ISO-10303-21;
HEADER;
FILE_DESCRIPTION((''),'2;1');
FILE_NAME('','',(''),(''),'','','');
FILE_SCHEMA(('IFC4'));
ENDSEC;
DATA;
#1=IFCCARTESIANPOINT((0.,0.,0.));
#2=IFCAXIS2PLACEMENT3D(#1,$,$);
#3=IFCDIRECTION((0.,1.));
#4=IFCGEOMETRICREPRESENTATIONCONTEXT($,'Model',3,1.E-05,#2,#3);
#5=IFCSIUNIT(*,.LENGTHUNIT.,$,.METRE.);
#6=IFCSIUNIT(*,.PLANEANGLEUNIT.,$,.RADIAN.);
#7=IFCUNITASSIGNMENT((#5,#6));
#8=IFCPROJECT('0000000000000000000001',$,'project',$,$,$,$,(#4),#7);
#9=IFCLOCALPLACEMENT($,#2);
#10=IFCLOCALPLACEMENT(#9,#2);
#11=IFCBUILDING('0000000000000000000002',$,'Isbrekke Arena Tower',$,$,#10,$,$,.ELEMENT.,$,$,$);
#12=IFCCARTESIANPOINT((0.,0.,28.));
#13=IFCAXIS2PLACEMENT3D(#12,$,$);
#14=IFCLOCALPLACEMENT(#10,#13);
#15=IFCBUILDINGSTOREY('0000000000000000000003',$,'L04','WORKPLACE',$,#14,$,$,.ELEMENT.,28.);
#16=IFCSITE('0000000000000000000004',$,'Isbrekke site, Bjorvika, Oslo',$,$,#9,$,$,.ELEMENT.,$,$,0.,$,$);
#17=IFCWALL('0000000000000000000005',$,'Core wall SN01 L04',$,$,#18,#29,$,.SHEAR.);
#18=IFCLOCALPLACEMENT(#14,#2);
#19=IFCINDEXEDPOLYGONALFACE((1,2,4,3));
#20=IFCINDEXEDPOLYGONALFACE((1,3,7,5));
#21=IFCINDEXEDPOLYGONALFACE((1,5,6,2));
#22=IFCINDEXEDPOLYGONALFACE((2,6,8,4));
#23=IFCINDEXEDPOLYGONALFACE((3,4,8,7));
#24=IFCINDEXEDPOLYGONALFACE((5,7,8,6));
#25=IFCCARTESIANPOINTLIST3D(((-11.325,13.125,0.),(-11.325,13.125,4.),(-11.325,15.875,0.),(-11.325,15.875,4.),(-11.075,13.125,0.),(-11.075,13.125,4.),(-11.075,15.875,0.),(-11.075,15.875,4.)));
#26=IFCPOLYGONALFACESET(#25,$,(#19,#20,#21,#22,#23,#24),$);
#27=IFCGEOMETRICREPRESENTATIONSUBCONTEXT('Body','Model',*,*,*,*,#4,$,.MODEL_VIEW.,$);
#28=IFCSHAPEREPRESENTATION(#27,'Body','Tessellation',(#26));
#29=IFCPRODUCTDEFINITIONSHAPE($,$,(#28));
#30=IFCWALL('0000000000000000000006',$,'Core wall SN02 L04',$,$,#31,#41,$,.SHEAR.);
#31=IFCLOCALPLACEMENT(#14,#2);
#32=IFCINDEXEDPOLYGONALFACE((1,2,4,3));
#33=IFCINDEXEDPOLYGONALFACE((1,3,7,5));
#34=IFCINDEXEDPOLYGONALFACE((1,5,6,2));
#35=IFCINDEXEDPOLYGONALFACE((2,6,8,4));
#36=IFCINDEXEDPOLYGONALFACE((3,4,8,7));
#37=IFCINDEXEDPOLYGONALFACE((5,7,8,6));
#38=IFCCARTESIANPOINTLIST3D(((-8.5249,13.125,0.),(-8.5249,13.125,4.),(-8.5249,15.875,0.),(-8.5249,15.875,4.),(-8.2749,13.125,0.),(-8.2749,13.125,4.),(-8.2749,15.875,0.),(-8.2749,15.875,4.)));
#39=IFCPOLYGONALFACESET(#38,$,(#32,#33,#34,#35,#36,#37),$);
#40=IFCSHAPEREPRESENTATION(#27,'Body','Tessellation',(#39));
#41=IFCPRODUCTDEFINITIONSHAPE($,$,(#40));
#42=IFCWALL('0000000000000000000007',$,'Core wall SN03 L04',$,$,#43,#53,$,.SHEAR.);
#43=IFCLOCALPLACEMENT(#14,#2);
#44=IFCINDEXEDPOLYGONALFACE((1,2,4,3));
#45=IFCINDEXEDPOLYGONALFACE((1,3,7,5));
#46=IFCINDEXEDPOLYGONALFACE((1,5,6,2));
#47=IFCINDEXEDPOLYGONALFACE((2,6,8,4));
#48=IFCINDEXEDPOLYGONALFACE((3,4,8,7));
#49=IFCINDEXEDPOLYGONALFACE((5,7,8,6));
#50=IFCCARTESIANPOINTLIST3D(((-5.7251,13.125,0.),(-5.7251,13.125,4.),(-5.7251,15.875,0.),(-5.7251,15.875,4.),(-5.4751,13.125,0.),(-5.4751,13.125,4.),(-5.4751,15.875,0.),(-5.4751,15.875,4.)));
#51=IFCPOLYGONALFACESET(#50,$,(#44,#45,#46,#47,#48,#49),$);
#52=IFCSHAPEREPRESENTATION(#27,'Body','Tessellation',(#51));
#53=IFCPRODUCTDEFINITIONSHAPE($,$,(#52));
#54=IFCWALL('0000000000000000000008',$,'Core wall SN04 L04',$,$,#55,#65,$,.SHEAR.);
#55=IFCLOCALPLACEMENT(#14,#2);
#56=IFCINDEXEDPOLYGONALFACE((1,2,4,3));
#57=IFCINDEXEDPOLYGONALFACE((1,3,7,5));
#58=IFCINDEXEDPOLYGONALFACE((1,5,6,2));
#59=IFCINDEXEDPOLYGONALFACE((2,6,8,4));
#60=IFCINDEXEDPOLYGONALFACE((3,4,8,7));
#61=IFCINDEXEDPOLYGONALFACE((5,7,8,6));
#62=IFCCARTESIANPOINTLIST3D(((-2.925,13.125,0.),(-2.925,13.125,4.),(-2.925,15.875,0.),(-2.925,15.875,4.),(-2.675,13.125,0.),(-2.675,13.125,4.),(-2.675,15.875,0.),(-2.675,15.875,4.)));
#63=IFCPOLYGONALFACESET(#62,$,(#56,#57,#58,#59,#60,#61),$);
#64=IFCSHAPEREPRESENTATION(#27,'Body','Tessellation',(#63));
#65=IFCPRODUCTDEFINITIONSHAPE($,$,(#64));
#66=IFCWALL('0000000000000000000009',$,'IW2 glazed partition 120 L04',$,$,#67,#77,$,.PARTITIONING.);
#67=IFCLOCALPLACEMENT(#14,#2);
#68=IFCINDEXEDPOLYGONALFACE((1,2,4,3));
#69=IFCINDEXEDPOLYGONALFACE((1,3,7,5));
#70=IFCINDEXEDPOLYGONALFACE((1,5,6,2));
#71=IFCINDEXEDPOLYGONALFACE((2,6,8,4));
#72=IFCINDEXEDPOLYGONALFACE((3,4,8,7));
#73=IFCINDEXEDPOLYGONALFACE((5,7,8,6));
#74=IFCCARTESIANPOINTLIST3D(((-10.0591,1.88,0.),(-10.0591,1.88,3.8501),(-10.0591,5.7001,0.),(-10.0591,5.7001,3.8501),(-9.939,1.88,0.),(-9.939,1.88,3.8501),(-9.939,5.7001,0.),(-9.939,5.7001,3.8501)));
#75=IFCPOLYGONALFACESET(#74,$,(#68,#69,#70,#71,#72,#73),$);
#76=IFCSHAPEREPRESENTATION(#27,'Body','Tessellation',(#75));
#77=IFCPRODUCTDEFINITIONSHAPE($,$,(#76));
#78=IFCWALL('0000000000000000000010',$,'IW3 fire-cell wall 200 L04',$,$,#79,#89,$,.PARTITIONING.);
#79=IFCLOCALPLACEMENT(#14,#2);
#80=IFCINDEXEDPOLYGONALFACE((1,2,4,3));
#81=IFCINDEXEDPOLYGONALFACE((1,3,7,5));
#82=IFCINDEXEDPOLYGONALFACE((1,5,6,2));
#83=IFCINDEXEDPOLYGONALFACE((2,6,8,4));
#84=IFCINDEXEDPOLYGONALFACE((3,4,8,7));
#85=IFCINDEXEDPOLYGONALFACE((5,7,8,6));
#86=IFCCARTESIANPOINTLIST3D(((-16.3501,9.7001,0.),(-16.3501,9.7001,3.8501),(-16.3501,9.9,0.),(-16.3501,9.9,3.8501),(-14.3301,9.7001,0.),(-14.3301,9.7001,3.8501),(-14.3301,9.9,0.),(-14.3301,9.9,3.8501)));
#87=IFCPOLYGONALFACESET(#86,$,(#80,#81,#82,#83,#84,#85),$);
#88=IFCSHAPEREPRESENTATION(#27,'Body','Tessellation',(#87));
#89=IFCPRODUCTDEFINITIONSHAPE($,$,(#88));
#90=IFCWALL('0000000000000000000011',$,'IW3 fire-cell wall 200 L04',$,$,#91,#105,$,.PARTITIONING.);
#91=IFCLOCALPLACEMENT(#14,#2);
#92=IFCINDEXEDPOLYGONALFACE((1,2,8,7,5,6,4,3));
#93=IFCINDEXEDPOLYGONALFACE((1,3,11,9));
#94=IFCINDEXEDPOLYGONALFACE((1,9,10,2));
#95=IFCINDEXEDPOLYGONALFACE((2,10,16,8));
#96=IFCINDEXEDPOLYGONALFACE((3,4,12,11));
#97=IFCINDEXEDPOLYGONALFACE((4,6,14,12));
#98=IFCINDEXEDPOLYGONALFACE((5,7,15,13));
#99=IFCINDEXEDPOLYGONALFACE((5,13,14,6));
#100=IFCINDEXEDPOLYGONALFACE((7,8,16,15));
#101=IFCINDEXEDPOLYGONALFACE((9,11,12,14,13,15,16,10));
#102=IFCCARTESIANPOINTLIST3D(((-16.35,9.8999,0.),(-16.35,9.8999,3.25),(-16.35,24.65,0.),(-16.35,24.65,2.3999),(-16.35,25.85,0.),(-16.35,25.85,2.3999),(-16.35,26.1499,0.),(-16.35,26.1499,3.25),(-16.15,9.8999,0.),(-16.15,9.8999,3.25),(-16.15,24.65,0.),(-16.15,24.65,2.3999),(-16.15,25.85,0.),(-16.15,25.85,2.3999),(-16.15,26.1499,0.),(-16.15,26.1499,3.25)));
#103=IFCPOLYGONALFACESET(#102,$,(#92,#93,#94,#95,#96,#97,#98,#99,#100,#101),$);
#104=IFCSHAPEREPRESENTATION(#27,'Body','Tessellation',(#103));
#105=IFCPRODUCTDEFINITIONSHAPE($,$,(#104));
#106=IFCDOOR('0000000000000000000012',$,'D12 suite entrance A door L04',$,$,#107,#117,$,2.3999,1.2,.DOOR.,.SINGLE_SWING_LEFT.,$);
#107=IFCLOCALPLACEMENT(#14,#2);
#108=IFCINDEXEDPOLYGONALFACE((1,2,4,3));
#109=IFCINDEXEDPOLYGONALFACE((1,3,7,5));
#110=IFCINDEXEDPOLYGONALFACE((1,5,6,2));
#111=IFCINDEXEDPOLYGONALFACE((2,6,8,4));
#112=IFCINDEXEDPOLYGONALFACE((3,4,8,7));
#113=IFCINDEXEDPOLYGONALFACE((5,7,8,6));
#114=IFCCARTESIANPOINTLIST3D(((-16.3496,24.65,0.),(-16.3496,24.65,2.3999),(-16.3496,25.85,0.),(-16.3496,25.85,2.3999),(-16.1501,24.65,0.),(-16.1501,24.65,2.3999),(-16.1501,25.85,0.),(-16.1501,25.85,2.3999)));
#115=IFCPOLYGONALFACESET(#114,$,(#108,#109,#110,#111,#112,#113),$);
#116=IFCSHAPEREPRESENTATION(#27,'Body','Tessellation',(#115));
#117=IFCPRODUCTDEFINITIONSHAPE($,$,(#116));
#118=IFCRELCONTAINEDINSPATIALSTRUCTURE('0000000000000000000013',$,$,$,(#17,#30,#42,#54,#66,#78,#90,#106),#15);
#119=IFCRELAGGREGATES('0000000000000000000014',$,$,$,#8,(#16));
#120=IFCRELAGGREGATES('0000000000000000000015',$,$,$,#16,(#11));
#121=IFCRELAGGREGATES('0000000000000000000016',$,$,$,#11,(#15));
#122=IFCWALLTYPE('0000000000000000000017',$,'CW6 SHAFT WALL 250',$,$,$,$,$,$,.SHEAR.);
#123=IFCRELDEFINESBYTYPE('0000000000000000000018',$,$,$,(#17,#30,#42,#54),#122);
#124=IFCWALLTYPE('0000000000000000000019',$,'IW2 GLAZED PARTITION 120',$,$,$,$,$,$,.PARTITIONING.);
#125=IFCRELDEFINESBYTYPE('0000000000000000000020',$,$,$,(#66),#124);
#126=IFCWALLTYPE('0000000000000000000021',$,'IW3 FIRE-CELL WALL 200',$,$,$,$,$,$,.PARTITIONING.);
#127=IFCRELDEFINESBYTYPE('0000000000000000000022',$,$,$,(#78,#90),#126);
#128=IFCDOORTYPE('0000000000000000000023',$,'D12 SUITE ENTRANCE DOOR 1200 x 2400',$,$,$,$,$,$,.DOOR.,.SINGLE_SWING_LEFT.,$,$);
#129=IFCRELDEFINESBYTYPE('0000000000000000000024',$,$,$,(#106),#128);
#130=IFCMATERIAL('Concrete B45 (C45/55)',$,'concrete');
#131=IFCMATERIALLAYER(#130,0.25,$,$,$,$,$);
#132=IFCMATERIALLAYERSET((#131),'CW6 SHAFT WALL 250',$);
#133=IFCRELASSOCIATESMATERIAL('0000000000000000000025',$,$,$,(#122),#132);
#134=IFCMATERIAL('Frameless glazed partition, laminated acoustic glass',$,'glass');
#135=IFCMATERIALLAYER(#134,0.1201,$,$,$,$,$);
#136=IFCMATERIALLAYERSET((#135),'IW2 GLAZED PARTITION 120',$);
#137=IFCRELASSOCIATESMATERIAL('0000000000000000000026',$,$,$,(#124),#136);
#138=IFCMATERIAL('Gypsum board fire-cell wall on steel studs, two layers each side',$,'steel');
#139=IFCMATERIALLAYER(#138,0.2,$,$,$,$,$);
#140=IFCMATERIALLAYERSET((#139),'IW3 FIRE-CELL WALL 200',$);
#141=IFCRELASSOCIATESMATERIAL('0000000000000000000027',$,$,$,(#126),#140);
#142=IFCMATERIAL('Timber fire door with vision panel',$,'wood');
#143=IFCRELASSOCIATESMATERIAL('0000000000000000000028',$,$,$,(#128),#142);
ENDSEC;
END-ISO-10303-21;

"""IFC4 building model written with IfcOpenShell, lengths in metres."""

from ifc_helpers import new_model, si_unit, direction, frame, frame_2d, origin, place, context, subcontext, project, spatial, rectangle, extrude, material, layer, layer_set, type_object, element, fill, save


model = new_model("IFC4")

# Units and contexts
model_context = context("Model", 3, precision=1e-05, world=origin(), true_north=direction((0.0, 1.0)))
body_context = subcontext(model_context, "Body", "Model", "MODEL_VIEW")
ifc_project = project(units=[si_unit("LENGTHUNIT", "METRE"), si_unit("PLANEANGLEUNIT", "RADIAN")], contexts=[model_context])

# Site, building, storey
site_placement = place(None, origin())
site = spatial("IfcSite", under=ifc_project, at=site_placement, Name="Isbrekke site, Bjorvika, Oslo", CompositionType="ELEMENT", RefElevation=0.0)
building_placement = place(site_placement, origin())
building = spatial("IfcBuilding", under=site, at=building_placement, Name="Isbrekke Arena Tower", CompositionType="ELEMENT")
storey_placement = place(building_placement, frame((0.0, 0.0, 28.0)))
storey = spatial("IfcBuildingStorey", under=building, at=storey_placement, Name="L04", Description="WORKPLACE", CompositionType="ELEMENT", Elevation=28.0)

# Shared definitions
ifc_material_1 = material(Name="Concrete B45 (C45/55)", Category="concrete")
ifc_layer_1 = layer(ifc_material_1, 0.25)
ifc_layer_set_1 = layer_set([ifc_layer_1], Name="CW6 SHAFT WALL 250")
wall_type_1 = type_object("IfcWallType", Name="CW6 SHAFT WALL 250", PredefinedType="SHEAR", material=ifc_layer_set_1)

# Walls
for number, where, z_axis, x_axis, name in (
    (1, (-11.2, 13.125, 0.0), (0.0, 0.0, 1.0), (0.0, 1.0, 0.0), "Core wall SN01 L04"),
    (2, (-8.3999, 13.125, 0.0), (0.0, 0.0, 1.0), (0.0, 1.0, 0.0), "Core wall SN02 L04"),
    (3, (-5.6001, 13.125, 0.0), (0.0, 0.0, 1.0), (0.0, 1.0, 0.0), "Core wall SN03 L04"),
    (4, (-2.8, 13.125, 0.0), (0.0, 0.0, 1.0), (0.0, 1.0, 0.0), "Core wall SN04 L04"),
):
    element("IfcWall", number, at=place(storey_placement, frame(where, z_axis=z_axis, x_axis=x_axis)), inside=storey, type_object=wall_type_1, Name=name, PredefinedType="SHEAR", context=body_context, shape_type="SweptSolid", body=[
        extrude(rectangle(XDim=2.75, YDim=0.25, at=frame_2d((1.375, 0.0))), origin(), (0.0, 0.0, 1.0), 4.0),
    ])
ifc_material_2 = material(Name="Frameless glazed partition, laminated acoustic glass", Category="glass")
ifc_layer_2 = layer(ifc_material_2, 0.1201)
ifc_layer_set_2 = layer_set([ifc_layer_2], Name="IW2 GLAZED PARTITION 120")
wall_type_2 = type_object("IfcWallType", Name="IW2 GLAZED PARTITION 120", PredefinedType="PARTITIONING", material=ifc_layer_set_2)
wall_1_placement = place(storey_placement, frame((-9.999, 1.8799, 0.0), z_axis=(0.0, 0.0, 1.0), x_axis=(0.0, 1.0, 0.0)))
element("IfcWall", 5, at=wall_1_placement, inside=storey, type_object=wall_type_2, Name="IW2 glazed partition 120 L04", PredefinedType="PARTITIONING", context=body_context, shape_type="SweptSolid", body=[
    extrude(rectangle(XDim=3.8201, YDim=0.1201, at=frame_2d((1.9102, 0.0))), origin(), (0.0, 0.0, 1.0), 3.8501),
])
ifc_material_3 = material(Name="Gypsum board fire-cell wall on steel studs, two layers each side", Category="steel")
ifc_layer_3 = layer(ifc_material_3, 0.2)
ifc_layer_set_3 = layer_set([ifc_layer_3], Name="IW3 FIRE-CELL WALL 200")
wall_type_3 = type_object("IfcWallType", Name="IW3 FIRE-CELL WALL 200", PredefinedType="PARTITIONING", material=ifc_layer_set_3)
wall_2_placement = place(storey_placement, frame((-16.3501, 9.8, 0.0), z_axis=(0.0, 0.0, 1.0), x_axis=(1.0, 0.0, 0.0)))
element("IfcWall", 6, at=wall_2_placement, inside=storey, type_object=wall_type_3, Name="IW3 fire-cell wall 200 L04", PredefinedType="PARTITIONING", context=body_context, shape_type="SweptSolid", body=[
    extrude(rectangle(XDim=2.02, YDim=0.2, at=frame_2d((1.01, 0.0))), origin(), (0.0, 0.0, 1.0), 3.8501),
])

# Wall, opening, door
wall_3_placement = place(storey_placement, frame((-16.25, 9.8999, 0.0), z_axis=(0.0, 0.0, 1.0), x_axis=(0.0, 1.0, 0.0)))
wall_3 = element("IfcWall", 7, at=wall_3_placement, inside=storey, type_object=wall_type_3, Name="IW3 fire-cell wall 200 L04", PredefinedType="PARTITIONING", context=body_context, shape_type="SweptSolid", body=[
    extrude(rectangle(XDim=16.25, YDim=0.2, at=frame_2d((8.125, 0.0))), origin(), (0.0, 0.0, 1.0), 3.25),
])
opening_1_placement = place(wall_3_placement, frame((14.75, 0.0, 0.0)))
opening_1 = element("IfcOpeningElement", 8, at=opening_1_placement, cuts=wall_3, PredefinedType="OPENING", context=body_context, shape_type="SweptSolid", body=[
    extrude(rectangle(XDim=1.2, YDim=2.3999, at=frame_2d((0.6001, 1.2))), frame((0.0, 0.1147, 0.0), z_axis=(0.0, -1.0, 0.0), x_axis=(1.0, 0.0, 0.0)), (0.0, 0.0, 1.0), 0.2297),
])
ifc_material_4 = material(Name="Timber fire door with vision panel", Category="wood")
door_type_1 = type_object("IfcDoorType", Name="D12 SUITE ENTRANCE DOOR 1200 x 2400", OperationType="SINGLE_SWING_LEFT", PredefinedType="DOOR", material=ifc_material_4)
door_1_placement = place(opening_1_placement, origin())
door_1 = element("IfcDoor", 9, at=door_1_placement, inside=storey, type_object=door_type_1, Name="D12 suite entrance A door L04", OperationType="SINGLE_SWING_LEFT", OverallHeight=2.3999, OverallWidth=1.2, PredefinedType="DOOR", context=body_context, shape_type="SweptSolid", body=[
    extrude(rectangle(XDim=1.2, YDim=2.3999, at=frame_2d((0.6001, 1.2))), frame((0.0, 0.0996, 0.0), z_axis=(0.0, -1.0, 0.0), x_axis=(1.0, 0.0, 0.0)), (0.0, 0.0, 1.0), 0.1995),
])
fill(opening_1, door_1)

save(model, "model.ifc")
